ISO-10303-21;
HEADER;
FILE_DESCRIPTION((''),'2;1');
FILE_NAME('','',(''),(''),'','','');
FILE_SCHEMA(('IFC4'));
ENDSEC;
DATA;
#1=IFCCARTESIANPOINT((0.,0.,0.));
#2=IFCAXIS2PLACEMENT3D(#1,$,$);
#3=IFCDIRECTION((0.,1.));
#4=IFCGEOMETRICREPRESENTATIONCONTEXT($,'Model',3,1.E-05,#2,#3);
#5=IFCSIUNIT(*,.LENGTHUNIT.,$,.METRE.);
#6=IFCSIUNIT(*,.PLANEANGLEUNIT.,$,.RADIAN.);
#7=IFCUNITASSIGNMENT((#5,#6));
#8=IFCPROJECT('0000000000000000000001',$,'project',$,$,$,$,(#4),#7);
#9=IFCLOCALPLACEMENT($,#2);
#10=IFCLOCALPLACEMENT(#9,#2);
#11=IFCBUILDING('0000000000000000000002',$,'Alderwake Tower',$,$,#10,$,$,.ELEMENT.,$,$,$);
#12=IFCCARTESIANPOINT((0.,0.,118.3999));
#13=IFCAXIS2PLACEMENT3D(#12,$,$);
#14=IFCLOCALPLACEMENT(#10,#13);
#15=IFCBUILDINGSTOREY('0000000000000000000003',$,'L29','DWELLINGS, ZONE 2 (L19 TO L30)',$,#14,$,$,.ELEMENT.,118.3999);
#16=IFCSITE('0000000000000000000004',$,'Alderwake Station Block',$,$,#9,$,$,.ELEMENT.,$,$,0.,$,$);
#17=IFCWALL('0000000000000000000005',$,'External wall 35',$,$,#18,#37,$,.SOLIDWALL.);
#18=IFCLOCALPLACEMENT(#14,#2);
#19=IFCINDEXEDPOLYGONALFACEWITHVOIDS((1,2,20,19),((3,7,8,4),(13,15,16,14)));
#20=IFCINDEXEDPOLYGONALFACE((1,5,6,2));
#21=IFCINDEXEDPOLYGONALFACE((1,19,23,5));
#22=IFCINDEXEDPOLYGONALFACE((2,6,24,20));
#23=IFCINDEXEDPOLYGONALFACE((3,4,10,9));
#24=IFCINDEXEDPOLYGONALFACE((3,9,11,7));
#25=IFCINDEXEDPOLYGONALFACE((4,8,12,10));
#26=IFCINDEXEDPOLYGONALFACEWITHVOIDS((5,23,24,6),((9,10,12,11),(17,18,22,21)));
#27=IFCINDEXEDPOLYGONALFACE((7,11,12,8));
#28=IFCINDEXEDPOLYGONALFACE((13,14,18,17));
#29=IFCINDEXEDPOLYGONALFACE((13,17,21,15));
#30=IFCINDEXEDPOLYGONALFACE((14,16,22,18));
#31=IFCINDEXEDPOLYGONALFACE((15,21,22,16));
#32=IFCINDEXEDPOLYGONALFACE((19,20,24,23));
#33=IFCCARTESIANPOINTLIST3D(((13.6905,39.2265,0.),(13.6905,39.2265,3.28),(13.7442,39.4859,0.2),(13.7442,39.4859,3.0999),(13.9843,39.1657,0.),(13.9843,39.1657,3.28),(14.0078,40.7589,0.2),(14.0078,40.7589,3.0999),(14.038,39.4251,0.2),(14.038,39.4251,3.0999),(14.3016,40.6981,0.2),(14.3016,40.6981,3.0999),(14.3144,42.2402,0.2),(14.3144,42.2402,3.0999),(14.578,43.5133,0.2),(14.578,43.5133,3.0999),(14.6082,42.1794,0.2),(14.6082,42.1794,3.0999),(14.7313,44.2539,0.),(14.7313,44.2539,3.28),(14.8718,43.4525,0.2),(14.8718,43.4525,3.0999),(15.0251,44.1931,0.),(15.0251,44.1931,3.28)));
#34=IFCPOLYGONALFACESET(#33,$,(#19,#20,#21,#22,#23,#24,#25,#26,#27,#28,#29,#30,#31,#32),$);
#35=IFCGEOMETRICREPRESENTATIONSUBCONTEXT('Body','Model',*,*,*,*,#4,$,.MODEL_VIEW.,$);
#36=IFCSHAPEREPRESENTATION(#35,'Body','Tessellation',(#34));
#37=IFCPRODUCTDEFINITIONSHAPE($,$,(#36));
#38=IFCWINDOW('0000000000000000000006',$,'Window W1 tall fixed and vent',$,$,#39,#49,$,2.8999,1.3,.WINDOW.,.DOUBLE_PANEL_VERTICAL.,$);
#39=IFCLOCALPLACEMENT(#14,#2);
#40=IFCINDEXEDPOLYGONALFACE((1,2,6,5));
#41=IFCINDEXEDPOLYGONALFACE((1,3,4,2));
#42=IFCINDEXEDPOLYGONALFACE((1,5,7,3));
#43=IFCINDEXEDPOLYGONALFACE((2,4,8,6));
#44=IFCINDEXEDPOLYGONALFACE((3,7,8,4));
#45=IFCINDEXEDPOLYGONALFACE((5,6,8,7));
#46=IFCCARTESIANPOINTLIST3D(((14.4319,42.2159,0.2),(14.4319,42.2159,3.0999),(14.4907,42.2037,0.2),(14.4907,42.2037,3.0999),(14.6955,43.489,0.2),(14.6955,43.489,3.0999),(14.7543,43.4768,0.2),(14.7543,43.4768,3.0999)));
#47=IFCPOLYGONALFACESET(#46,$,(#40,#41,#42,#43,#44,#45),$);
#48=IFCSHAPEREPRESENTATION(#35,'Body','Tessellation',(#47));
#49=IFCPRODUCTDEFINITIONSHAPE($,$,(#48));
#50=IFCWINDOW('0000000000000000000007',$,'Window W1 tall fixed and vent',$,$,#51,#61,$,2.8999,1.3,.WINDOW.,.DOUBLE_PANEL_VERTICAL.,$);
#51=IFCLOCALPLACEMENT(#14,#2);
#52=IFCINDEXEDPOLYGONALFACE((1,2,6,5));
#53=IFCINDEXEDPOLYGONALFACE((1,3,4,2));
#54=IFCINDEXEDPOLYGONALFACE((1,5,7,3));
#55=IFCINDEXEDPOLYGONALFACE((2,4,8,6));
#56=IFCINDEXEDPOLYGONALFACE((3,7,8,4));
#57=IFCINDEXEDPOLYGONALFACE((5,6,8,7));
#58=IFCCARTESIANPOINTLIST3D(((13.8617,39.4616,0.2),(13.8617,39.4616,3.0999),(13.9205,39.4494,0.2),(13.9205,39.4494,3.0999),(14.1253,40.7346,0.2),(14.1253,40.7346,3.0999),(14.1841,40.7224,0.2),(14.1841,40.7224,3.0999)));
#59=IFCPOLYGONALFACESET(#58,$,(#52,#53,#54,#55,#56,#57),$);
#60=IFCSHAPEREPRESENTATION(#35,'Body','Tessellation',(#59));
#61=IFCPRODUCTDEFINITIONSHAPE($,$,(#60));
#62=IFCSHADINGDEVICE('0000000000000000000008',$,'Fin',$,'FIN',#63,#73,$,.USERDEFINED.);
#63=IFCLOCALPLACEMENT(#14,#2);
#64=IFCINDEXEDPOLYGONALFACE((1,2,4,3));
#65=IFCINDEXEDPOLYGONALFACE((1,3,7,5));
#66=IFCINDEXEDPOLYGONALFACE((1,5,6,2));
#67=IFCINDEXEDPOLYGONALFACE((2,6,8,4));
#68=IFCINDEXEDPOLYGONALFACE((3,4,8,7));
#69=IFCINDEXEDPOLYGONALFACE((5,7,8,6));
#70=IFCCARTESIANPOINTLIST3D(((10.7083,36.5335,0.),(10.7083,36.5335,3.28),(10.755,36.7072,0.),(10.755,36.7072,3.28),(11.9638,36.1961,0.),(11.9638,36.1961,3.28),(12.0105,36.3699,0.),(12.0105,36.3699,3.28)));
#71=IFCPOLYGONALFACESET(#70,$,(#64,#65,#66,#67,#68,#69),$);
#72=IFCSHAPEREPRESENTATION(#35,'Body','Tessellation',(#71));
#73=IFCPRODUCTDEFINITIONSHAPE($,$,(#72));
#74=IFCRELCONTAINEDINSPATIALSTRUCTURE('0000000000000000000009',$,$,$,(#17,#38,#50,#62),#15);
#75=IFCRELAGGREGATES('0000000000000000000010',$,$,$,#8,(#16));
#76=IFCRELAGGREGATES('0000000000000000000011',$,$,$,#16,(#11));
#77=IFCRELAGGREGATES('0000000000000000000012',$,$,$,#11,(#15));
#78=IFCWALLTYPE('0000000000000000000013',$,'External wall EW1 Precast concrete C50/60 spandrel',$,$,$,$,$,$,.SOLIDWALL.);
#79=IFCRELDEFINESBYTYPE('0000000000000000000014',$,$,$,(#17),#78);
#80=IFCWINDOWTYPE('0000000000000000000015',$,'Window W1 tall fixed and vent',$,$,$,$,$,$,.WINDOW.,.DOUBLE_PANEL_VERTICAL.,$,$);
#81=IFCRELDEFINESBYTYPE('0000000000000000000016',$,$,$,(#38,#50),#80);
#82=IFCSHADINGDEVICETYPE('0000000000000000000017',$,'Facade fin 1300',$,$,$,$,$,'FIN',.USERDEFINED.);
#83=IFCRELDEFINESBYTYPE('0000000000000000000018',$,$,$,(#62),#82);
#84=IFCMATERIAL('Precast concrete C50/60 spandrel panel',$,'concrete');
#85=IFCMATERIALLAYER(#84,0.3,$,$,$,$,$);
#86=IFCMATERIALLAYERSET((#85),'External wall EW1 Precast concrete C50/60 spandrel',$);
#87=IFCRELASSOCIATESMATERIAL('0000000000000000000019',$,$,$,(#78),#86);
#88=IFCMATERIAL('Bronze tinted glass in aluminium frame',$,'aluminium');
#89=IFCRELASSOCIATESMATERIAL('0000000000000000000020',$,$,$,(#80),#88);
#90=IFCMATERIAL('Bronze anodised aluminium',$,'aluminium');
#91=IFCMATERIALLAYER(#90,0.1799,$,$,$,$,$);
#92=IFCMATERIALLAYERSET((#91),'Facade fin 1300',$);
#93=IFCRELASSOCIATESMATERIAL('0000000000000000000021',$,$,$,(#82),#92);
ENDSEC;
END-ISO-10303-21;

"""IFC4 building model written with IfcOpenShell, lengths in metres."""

from ifc_helpers import new_model, si_unit, direction, frame, frame_2d, origin, origin_2d, place, context, subcontext, project, spatial, rectangle, extrude, material, layer, layer_set, type_object, element, fill, save


model = new_model("IFC4")

# Units and contexts
model_context = context("Model", 3, precision=1e-05, world=origin(), true_north=direction((0.0, 1.0)))
body_context = subcontext(model_context, "Body", "Model", "MODEL_VIEW")
ifc_project = project(units=[si_unit("LENGTHUNIT", "METRE"), si_unit("PLANEANGLEUNIT", "RADIAN")], contexts=[model_context])

# Site, building, storey
site_placement = place(None, origin())
site = spatial("IfcSite", under=ifc_project, at=site_placement, Name="Alderwake Station Block", CompositionType="ELEMENT", RefElevation=0.0)
building_placement = place(site_placement, origin())
building = spatial("IfcBuilding", under=site, at=building_placement, Name="Alderwake Tower", CompositionType="ELEMENT")
storey_placement = place(building_placement, frame((0.0, 0.0, 118.3999)))
storey = spatial("IfcBuildingStorey", under=building, at=storey_placement, Name="L29", Description="DWELLINGS, ZONE 2 (L19 TO L30)", CompositionType="ELEMENT", Elevation=118.3999)

# Wall, openings, windows
ifc_material_1 = material(Name="Precast concrete C50/60 spandrel panel", Category="concrete")
ifc_layer_1 = layer(ifc_material_1, 0.3)
ifc_layer_set_1 = layer_set([ifc_layer_1], Name="External wall EW1 Precast concrete C50/60 spandrel")
wall_type_1 = type_object("IfcWallType", Name="External wall EW1 Precast concrete C50/60 spandrel", PredefinedType="SOLIDWALL", material=ifc_layer_set_1)
wall_1_placement = place(storey_placement, frame((14.8782, 44.2234, 0.0), z_axis=(0.0, 0.0, 1.0), x_axis=(-0.202724, -0.979236, 0.0)))
wall_1 = element("IfcWall", 1, at=wall_1_placement, inside=storey, type_object=wall_type_1, Name="External wall 35", PredefinedType="SOLIDWALL", context=body_context, shape_type="SweptSolid", body=[
    extrude(rectangle(XDim=5.134, YDim=0.3, at=frame_2d((2.5669, 0.0))), origin(), (0.0, 0.0, 1.0), 3.28),
])
opening_1_placement = place(wall_1_placement, frame((0.7563, 0.0, 0.2)))
opening_1 = element("IfcOpeningElement", 2, at=opening_1_placement, cuts=wall_1, PredefinedType="OPENING", context=body_context, shape_type="SweptSolid", body=[
    extrude(rectangle(XDim=1.3, YDim=2.8999, at=frame_2d((0.6499, 1.45))), frame((0.0, 0.1599, 0.0), z_axis=(0.0, -1.0, 0.0), x_axis=(1.0, 0.0, 0.0)), (0.0, 0.0, 1.0), 0.3201),
])
opening_2_placement = place(wall_1_placement, frame((3.5691, 0.0, 0.2)))
opening_2 = element("IfcOpeningElement", 3, at=opening_2_placement, cuts=wall_1, PredefinedType="OPENING", context=body_context, shape_type="SweptSolid", body=[
    extrude(rectangle(XDim=1.3, YDim=2.8999, at=frame_2d((0.6499, 1.45))), frame((0.0, 0.1599, 0.0), z_axis=(0.0, -1.0, 0.0), x_axis=(1.0, 0.0, 0.0)), (0.0, 0.0, 1.0), 0.3201),
])
ifc_material_2 = material(Name="Bronze tinted glass in aluminium frame", Category="aluminium")
window_type = type_object("IfcWindowType", Name="Window W1 tall fixed and vent", PartitioningType="DOUBLE_PANEL_VERTICAL", PredefinedType="WINDOW", material=ifc_material_2)
window_1_placement = place(opening_1_placement, origin())
window_1 = element("IfcWindow", 4, at=window_1_placement, inside=storey, type_object=window_type, Name="Window W1 tall fixed and vent", OverallHeight=2.8999, OverallWidth=1.3, PartitioningType="DOUBLE_PANEL_VERTICAL", PredefinedType="WINDOW", context=body_context, shape_type="SweptSolid", body=[
    extrude(rectangle(XDim=1.3, YDim=2.8999, at=frame_2d((0.6499, 1.45))), frame((0.0, 0.03, 0.0), z_axis=(0.0, -1.0, 0.0), x_axis=(1.0, 0.0, 0.0)), (0.0, 0.0, 1.0), 0.0601),
])
fill(opening_1, window_1)
window_2_placement = place(opening_2_placement, origin())
window_2 = element("IfcWindow", 5, at=window_2_placement, inside=storey, type_object=window_type, Name="Window W1 tall fixed and vent", OverallHeight=2.8999, OverallWidth=1.3, PartitioningType="DOUBLE_PANEL_VERTICAL", PredefinedType="WINDOW", context=body_context, shape_type="SweptSolid", body=[
    extrude(rectangle(XDim=1.3, YDim=2.8999, at=frame_2d((0.6499, 1.45))), frame((0.0, 0.03, 0.0), z_axis=(0.0, -1.0, 0.0), x_axis=(1.0, 0.0, 0.0)), (0.0, 0.0, 1.0), 0.0601),
])
fill(opening_2, window_2)

# Shading device
ifc_material_3 = material(Name="Bronze anodised aluminium", Category="aluminium")
ifc_layer_2 = layer(ifc_material_3, 0.1799)
ifc_layer_set_2 = layer_set([ifc_layer_2], Name="Facade fin 1300")
shading_device_type = type_object("IfcShadingDeviceType", Name="Facade fin 1300", ElementType="FIN", PredefinedType="USERDEFINED", material=ifc_layer_set_2)
shading_device_placement = place(storey_placement, frame((11.3594, 36.4517, 0.0), z_axis=(0.0, 0.0, 1.0), x_axis=(0.965744, -0.259495, 0.0)))
element("IfcShadingDevice", 6, at=shading_device_placement, inside=storey, type_object=shading_device_type, Name="Fin", ObjectType="FIN", PredefinedType="USERDEFINED", context=body_context, shape_type="SweptSolid", body=[
    extrude(rectangle(XDim=1.3, YDim=0.1799, at=origin_2d()), origin(), (0.0, 0.0, 1.0), 3.28),
])

save(model, "model.ifc")
